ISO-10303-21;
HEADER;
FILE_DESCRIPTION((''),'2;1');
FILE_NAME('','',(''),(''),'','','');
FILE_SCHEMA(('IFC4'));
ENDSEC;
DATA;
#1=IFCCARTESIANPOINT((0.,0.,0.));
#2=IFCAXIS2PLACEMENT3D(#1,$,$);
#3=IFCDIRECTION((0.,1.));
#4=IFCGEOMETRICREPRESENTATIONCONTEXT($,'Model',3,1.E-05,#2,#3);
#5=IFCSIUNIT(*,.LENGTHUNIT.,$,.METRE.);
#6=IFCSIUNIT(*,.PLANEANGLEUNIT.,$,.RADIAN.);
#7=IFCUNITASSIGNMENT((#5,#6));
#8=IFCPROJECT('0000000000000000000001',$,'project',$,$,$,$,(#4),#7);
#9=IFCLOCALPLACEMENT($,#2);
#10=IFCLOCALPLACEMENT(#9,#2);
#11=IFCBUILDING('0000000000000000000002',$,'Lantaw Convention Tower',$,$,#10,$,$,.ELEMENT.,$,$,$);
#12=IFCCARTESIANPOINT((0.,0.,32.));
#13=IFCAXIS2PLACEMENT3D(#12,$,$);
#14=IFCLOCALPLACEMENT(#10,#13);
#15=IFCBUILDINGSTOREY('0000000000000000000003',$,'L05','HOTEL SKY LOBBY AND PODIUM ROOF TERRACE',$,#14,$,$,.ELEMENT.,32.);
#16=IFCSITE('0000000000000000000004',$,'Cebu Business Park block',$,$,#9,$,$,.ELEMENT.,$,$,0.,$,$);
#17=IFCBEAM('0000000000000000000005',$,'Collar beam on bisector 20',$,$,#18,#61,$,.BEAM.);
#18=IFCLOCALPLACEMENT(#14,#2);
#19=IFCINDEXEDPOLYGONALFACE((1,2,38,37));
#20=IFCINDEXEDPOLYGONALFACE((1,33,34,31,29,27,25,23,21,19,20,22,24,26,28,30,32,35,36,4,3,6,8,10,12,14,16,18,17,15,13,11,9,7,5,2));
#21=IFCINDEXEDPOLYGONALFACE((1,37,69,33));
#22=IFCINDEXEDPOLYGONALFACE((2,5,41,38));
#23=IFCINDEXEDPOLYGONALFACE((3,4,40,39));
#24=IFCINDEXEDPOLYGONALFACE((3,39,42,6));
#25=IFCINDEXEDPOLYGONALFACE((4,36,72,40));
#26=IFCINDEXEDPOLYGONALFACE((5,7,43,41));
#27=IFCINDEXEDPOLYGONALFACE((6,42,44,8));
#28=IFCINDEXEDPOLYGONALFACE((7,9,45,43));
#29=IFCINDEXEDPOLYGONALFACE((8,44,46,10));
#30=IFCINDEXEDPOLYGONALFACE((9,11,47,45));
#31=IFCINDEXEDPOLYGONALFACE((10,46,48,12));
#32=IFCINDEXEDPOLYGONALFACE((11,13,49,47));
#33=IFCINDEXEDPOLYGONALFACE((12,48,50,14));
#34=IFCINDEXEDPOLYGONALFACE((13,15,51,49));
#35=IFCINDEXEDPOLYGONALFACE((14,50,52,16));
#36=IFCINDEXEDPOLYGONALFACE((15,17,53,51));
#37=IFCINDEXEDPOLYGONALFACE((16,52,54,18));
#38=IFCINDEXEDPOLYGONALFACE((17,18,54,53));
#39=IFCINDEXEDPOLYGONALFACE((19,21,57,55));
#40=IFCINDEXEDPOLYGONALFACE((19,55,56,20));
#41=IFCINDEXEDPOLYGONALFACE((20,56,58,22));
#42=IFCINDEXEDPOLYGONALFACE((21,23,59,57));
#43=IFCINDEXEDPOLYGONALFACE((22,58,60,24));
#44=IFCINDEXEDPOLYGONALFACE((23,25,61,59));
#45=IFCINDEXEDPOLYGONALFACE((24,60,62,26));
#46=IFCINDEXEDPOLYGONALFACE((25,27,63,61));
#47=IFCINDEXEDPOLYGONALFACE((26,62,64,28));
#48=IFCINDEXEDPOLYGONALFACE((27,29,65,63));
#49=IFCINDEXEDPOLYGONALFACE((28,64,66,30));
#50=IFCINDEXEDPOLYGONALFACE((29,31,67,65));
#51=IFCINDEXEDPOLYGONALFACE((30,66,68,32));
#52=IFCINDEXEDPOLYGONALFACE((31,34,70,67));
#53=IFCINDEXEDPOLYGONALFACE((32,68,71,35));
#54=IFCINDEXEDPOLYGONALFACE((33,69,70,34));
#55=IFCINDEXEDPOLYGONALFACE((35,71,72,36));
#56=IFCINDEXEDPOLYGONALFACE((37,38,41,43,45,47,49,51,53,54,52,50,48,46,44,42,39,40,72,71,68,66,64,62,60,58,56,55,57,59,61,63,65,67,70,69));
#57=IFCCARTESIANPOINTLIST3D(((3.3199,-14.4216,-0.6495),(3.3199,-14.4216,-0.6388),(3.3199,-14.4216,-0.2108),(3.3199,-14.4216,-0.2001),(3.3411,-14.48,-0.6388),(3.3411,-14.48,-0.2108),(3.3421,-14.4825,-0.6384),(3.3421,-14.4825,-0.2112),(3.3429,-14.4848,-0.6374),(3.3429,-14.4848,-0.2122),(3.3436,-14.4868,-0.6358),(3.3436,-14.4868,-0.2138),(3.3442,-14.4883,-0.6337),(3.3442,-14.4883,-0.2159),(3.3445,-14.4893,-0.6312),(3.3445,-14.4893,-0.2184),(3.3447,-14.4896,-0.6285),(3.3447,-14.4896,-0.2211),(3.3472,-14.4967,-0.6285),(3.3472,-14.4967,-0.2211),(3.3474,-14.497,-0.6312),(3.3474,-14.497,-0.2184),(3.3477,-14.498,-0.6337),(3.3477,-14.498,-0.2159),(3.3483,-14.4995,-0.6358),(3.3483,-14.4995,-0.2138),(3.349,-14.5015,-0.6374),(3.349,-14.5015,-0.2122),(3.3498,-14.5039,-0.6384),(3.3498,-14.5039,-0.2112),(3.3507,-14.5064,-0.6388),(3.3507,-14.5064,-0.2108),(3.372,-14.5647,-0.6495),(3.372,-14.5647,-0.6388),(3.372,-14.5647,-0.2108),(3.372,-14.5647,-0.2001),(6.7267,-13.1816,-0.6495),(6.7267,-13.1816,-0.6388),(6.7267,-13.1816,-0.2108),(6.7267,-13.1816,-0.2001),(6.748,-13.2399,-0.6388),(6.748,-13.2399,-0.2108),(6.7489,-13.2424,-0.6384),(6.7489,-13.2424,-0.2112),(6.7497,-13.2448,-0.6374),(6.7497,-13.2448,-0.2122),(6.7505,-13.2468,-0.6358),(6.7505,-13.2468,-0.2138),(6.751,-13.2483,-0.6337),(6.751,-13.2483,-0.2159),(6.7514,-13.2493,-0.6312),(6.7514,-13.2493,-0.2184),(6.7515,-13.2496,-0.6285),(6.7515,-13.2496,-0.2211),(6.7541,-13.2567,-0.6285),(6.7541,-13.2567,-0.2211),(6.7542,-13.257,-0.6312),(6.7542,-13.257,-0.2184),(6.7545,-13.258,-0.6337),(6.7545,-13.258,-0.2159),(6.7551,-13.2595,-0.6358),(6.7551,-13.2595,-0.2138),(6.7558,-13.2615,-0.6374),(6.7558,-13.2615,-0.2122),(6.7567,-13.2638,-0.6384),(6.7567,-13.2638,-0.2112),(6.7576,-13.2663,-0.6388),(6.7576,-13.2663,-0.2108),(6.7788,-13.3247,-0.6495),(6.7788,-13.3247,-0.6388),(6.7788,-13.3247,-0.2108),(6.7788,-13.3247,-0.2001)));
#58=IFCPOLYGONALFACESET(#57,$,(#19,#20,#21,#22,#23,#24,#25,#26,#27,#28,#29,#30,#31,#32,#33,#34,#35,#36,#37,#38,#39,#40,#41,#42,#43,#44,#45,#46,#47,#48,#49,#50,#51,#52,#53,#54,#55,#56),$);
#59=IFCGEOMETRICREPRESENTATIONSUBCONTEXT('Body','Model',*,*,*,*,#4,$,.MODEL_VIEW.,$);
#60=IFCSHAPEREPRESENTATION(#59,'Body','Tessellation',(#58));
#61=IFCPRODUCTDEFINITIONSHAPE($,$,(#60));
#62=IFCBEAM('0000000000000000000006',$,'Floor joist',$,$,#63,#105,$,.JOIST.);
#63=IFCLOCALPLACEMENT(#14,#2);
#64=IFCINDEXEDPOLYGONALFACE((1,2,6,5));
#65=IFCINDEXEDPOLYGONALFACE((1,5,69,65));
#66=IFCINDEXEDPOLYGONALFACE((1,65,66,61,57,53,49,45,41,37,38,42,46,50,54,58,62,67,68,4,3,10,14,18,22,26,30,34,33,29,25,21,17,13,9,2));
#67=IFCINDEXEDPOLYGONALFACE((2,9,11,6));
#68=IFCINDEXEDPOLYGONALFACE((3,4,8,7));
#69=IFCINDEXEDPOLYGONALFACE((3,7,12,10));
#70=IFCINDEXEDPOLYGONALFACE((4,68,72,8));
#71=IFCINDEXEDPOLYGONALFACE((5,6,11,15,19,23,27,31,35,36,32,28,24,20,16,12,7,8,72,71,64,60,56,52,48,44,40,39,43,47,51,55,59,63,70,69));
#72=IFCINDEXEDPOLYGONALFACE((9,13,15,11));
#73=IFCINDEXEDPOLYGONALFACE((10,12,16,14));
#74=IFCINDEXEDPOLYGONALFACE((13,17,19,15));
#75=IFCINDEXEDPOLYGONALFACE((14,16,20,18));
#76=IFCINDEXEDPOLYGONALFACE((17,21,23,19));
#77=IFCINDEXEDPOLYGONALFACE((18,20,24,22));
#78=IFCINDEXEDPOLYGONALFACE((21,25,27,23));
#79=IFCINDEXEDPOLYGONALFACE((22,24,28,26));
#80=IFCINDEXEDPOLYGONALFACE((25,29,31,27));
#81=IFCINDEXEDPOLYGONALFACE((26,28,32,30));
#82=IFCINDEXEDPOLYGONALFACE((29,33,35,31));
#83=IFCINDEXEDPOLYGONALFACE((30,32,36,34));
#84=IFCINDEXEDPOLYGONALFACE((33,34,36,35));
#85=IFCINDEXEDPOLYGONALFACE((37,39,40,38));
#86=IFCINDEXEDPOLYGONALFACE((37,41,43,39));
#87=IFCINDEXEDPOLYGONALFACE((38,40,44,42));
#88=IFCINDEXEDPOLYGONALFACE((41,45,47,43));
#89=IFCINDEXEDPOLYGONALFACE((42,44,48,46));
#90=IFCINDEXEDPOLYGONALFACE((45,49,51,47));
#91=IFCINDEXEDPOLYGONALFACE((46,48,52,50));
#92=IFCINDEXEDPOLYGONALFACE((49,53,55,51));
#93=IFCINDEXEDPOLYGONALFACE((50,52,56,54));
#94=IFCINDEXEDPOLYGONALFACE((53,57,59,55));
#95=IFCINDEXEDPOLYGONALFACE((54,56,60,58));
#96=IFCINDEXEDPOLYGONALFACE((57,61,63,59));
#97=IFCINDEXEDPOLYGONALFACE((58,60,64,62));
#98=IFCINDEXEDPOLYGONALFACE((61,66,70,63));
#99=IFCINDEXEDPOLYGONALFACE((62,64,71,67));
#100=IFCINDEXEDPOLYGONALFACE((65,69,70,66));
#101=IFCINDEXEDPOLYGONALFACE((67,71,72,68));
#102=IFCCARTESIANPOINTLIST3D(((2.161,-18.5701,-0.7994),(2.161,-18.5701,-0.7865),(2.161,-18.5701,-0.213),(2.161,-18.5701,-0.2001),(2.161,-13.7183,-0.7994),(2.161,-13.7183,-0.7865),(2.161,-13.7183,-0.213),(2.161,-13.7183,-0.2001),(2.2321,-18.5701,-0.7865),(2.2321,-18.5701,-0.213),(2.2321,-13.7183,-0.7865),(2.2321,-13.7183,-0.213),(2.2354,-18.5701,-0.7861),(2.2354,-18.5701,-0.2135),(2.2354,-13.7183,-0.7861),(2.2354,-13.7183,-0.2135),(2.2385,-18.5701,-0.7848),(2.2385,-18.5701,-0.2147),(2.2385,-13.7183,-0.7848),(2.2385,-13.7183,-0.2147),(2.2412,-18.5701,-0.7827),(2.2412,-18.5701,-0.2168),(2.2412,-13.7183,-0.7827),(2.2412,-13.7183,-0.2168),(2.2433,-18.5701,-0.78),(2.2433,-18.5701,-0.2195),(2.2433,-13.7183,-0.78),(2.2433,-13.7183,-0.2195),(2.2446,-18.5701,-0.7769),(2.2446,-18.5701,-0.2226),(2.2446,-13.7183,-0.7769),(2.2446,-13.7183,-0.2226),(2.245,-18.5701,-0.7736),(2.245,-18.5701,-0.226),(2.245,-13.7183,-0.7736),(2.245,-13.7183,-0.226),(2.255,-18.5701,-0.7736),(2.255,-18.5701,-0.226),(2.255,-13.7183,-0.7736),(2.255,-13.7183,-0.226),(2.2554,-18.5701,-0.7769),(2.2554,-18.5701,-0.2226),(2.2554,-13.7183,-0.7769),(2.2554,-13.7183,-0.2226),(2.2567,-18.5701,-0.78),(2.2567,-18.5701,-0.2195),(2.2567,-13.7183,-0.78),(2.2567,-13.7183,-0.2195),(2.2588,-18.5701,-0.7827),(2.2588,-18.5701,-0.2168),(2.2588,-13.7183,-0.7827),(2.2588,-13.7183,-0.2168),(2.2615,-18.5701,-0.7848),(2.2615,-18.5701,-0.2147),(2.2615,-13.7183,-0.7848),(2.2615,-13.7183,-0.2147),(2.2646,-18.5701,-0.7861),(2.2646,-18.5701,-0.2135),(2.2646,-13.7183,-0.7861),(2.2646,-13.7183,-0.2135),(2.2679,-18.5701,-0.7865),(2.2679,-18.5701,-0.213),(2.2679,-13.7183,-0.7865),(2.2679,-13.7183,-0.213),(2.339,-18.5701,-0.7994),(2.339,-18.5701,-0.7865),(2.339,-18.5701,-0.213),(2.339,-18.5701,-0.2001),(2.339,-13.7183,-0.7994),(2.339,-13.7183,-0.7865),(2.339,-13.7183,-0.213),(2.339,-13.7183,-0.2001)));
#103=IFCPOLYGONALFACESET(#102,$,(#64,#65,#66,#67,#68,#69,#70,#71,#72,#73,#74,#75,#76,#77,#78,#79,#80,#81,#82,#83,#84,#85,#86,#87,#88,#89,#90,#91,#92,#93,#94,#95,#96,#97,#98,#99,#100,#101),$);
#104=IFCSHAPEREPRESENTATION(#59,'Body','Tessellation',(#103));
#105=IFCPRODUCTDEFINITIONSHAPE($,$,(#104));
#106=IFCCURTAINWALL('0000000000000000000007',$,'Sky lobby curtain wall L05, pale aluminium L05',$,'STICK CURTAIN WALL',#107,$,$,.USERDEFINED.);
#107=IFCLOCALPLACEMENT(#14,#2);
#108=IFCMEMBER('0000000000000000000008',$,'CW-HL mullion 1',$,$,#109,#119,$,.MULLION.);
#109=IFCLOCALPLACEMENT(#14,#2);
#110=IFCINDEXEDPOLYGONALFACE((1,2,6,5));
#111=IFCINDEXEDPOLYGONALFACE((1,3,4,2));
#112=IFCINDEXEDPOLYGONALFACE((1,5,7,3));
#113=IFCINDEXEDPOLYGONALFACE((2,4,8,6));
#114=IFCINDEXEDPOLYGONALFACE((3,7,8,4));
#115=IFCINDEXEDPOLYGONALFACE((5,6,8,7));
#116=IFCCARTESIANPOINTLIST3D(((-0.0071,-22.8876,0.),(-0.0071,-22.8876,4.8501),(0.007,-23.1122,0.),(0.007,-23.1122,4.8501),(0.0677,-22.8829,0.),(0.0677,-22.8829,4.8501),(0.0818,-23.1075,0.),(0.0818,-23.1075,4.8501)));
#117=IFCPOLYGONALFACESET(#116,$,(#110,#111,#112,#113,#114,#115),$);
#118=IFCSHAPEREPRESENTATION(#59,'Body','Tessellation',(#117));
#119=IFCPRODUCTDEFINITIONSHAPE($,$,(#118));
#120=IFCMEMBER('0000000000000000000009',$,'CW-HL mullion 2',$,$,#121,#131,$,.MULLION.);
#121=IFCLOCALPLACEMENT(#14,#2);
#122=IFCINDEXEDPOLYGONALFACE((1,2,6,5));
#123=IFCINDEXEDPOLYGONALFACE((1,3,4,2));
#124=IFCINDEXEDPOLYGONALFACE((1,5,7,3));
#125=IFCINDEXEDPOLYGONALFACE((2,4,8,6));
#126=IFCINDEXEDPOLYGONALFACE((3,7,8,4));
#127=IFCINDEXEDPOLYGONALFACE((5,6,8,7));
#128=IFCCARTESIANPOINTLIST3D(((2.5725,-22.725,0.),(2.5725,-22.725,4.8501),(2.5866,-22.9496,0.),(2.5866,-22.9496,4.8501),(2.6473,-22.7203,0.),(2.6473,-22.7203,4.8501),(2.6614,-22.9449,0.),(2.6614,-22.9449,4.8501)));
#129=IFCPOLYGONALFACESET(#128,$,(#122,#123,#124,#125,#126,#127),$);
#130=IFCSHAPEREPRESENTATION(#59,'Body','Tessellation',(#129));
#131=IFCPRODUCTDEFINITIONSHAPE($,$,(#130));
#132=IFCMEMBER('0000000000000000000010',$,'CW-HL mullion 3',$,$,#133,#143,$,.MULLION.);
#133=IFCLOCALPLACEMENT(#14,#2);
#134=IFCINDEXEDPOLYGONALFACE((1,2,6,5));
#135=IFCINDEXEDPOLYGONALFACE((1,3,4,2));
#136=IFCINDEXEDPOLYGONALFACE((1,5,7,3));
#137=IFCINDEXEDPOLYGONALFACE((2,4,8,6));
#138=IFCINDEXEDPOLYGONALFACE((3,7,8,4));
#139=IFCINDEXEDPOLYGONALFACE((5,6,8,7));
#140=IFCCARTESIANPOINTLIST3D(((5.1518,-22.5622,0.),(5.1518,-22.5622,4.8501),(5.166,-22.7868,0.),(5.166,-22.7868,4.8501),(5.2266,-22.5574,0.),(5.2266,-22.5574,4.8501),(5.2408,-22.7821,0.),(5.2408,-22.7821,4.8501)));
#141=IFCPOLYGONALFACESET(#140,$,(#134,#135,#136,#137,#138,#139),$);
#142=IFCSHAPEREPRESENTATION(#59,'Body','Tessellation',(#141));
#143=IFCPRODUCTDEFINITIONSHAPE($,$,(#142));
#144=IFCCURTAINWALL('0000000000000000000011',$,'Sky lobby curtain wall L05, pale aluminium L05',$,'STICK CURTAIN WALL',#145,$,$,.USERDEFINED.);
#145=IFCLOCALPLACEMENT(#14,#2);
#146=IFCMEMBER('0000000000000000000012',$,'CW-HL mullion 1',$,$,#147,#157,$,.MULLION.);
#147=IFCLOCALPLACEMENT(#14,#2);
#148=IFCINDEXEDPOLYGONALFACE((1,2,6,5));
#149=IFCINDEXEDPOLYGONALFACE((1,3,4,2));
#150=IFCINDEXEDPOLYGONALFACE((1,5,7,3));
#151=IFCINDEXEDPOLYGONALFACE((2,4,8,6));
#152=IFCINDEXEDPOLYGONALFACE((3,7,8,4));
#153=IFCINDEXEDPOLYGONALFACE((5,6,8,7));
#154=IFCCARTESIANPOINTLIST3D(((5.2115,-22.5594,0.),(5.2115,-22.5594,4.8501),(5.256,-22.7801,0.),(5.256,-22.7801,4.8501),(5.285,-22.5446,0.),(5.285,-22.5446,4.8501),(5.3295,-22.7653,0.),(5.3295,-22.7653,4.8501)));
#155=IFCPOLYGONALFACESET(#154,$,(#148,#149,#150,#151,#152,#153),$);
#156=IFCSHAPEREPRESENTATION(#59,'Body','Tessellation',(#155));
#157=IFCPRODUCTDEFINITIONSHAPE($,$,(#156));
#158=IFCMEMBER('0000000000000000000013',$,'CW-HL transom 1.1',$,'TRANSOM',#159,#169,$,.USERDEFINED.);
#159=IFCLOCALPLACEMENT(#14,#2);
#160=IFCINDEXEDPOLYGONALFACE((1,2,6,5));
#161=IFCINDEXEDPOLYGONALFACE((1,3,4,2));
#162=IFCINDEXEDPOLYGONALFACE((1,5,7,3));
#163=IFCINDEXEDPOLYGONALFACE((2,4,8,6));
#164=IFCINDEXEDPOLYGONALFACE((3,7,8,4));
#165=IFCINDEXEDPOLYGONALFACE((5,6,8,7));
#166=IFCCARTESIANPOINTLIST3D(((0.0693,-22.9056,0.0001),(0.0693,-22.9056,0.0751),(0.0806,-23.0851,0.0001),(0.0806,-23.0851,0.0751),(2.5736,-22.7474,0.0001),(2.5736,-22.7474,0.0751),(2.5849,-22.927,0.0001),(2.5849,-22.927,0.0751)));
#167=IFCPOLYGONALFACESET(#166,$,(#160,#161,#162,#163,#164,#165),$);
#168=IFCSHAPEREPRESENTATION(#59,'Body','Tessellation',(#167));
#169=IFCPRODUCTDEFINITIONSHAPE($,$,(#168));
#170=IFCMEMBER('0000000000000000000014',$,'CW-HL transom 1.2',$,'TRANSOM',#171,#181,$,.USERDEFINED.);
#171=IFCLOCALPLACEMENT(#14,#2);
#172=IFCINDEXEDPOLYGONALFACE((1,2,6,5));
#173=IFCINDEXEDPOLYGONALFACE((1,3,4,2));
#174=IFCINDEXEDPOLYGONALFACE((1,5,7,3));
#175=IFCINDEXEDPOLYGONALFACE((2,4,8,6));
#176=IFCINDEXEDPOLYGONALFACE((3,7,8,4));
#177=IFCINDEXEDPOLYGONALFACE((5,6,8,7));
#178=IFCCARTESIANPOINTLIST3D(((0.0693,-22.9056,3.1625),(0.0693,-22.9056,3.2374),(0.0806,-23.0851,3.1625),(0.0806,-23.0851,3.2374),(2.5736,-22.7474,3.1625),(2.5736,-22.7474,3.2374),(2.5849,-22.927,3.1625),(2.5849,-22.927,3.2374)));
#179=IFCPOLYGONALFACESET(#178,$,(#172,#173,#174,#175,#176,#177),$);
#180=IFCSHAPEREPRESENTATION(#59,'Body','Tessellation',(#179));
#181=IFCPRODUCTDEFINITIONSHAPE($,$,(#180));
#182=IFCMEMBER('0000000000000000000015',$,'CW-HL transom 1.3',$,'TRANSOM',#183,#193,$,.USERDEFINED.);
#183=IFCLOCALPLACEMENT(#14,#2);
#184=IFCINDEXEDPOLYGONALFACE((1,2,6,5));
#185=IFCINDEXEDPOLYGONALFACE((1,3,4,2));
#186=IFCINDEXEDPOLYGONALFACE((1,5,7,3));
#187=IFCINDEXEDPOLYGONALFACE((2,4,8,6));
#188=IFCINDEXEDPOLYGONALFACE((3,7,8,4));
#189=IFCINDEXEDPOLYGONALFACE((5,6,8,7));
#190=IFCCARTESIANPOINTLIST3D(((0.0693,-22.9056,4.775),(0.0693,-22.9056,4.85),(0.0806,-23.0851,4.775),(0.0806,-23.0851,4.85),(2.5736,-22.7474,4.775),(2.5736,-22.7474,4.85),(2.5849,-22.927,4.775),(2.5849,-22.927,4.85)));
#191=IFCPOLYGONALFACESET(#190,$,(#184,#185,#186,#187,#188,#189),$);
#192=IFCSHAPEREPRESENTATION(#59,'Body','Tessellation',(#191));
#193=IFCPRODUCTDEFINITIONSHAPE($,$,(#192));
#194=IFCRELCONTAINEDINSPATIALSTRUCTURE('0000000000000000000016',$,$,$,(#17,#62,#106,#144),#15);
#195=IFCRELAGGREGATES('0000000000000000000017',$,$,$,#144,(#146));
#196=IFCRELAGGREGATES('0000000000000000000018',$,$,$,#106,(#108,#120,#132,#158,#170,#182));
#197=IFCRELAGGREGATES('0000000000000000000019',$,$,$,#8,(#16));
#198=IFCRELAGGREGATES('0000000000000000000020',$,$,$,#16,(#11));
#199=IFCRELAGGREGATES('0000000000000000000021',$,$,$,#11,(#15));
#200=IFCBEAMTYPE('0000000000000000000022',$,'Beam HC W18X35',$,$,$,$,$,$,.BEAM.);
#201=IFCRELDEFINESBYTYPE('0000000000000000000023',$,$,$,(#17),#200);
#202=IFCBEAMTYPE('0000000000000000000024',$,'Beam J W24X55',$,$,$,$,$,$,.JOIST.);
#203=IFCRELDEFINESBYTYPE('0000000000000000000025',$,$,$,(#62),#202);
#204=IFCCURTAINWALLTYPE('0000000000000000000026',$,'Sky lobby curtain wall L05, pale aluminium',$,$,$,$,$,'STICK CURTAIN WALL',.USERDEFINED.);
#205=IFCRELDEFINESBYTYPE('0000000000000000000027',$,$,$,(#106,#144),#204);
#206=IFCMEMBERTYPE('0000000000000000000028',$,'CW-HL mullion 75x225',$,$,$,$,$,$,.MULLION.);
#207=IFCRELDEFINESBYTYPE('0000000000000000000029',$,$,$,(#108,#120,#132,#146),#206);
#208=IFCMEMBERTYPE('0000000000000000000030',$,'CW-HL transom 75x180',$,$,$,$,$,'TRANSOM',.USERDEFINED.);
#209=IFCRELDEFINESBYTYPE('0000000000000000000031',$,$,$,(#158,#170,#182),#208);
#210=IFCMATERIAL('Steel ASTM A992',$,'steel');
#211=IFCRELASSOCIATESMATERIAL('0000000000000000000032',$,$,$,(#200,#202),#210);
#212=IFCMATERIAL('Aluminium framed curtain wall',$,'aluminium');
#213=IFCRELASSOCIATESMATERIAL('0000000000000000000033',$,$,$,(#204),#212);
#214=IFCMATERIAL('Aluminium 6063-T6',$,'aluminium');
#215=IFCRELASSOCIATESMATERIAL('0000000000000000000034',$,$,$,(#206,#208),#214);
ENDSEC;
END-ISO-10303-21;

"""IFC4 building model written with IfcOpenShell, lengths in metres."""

from ifc_helpers import new_model, si_unit, direction, frame, origin, origin_2d, place, context, subcontext, project, spatial, rectangle, i_section, extrude, material, material_profile, profile_set, type_object, element, aggregate, save


model = new_model("IFC4")

# Units and contexts
model_context = context("Model", 3, precision=1e-05, world=origin(), true_north=direction((0.0, 1.0)))
body_context = subcontext(model_context, "Body", "Model", "MODEL_VIEW")
ifc_project = project(units=[si_unit("LENGTHUNIT", "METRE"), si_unit("PLANEANGLEUNIT", "RADIAN")], contexts=[model_context])

# Site, building, storey
site_placement = place(None, origin())
site = spatial("IfcSite", under=ifc_project, at=site_placement, Name="Cebu Business Park block", CompositionType="ELEMENT", RefElevation=0.0)
building_placement = place(site_placement, origin())
building = spatial("IfcBuilding", under=site, at=building_placement, Name="Lantaw Convention Tower", CompositionType="ELEMENT")
storey_placement = place(building_placement, frame((0.0, 0.0, 32.0)))
storey = spatial("IfcBuildingStorey", under=building, at=storey_placement, Name="L05", Description="HOTEL SKY LOBBY AND PODIUM ROOF TERRACE", CompositionType="ELEMENT", Elevation=32.0)

# Beams
ifc_material_1 = material(Name="Steel ASTM A992", Category="steel")
ifc_material_profile_1 = material_profile(ifc_material_1, i_section(OverallWidth=0.1523, OverallDepth=0.4495, WebThickness=0.0076, FlangeThickness=0.0107, FilletRadius=0.0103, at=origin_2d()), Name="W18X35")
ifc_profile_set_1 = profile_set([ifc_material_profile_1], Name="Steel ASTM A992")
beam_type_1 = type_object("IfcBeamType", Name="Beam HC W18X35", PredefinedType="BEAM", material=ifc_profile_set_1)
beam_1_placement = place(storey_placement, frame((3.3459, -14.4932, -0.4248), z_axis=(0.939689, 0.34203, 0.0), x_axis=(-0.34203, 0.939689, 0.0)))
element("IfcBeam", 1, at=beam_1_placement, inside=storey, type_object=beam_type_1, Name="Collar beam on bisector 20", PredefinedType="BEAM", context=body_context, shape_type="SweptSolid", body=[
    extrude(i_section(OverallWidth=0.1523, OverallDepth=0.4495, WebThickness=0.0076, FlangeThickness=0.0107, FilletRadius=0.0103, at=origin_2d()), origin(), (0.0, 0.0, 1.0), 3.6255),
])
ifc_material_profile_2 = material_profile(ifc_material_1, i_section(OverallWidth=0.178, OverallDepth=0.5994, WebThickness=0.01, FlangeThickness=0.0129, FilletRadius=0.0129, at=origin_2d()), Name="W24X55")
ifc_profile_set_2 = profile_set([ifc_material_profile_2], Name="Steel ASTM A992")
beam_type_2 = type_object("IfcBeamType", Name="Beam J W24X55", PredefinedType="JOIST", material=ifc_profile_set_2)
beam_2_placement = place(storey_placement, frame((2.25, -18.5701, -0.4998), z_axis=(0.0, 1.0, 0.0), x_axis=(-1.0, 0.0, 0.0)))
element("IfcBeam", 2, at=beam_2_placement, inside=storey, type_object=beam_type_2, Name="Floor joist", PredefinedType="JOIST", context=body_context, shape_type="SweptSolid", body=[
    extrude(i_section(OverallWidth=0.178, OverallDepth=0.5994, WebThickness=0.01, FlangeThickness=0.0129, FilletRadius=0.0129, at=origin_2d()), origin(), (0.0, 0.0, 1.0), 4.8518),
])

# Curtain wall, members
ifc_material_2 = material(Name="Aluminium framed curtain wall", Category="aluminium")
curtain_wall_type = type_object("IfcCurtainWallType", Name="Sky lobby curtain wall L05, pale aluminium", ElementType="STICK CURTAIN WALL", PredefinedType="USERDEFINED", material=ifc_material_2)
curtain_wall_1_placement = place(storey_placement, origin())
curtain_wall_1 = element("IfcCurtainWall", 3, at=curtain_wall_1_placement, inside=storey, type_object=curtain_wall_type, Name="Sky lobby curtain wall L05, pale aluminium L05", ObjectType="STICK CURTAIN WALL", PredefinedType="USERDEFINED")
ifc_material_3 = material(Name="Aluminium 6063-T6", Category="aluminium")
ifc_material_profile_3 = material_profile(ifc_material_3, rectangle(XDim=0.2251, YDim=0.075, at=origin_2d()), Name="CW-HL mullion 75x225")
ifc_profile_set_3 = profile_set([ifc_material_profile_3], Name="Aluminium 6063-T6")
member_type_1 = type_object("IfcMemberType", Name="CW-HL mullion 75x225", PredefinedType="MULLION", material=ifc_profile_set_3)
member_1_placement = place(storey_placement, frame((0.0374, -22.9976, 0.0), z_axis=(0.0, 0.0, 1.0), x_axis=(-0.062958, 0.998016, 0.0)))
member_1 = element("IfcMember", 4, at=member_1_placement, type_object=member_type_1, Name="CW-HL mullion 1", PredefinedType="MULLION", context=body_context, shape_type="SweptSolid", body=[
    extrude(rectangle(XDim=0.2251, YDim=0.075, at=origin_2d()), origin(), (0.0, 0.0, 1.0), 4.8501),
])
member_2_placement = place(storey_placement, frame((2.6169, -22.835, 0.0), z_axis=(0.0, 0.0, 1.0), x_axis=(-0.062958, 0.998016, 0.0)))
member_2 = element("IfcMember", 5, at=member_2_placement, type_object=member_type_1, Name="CW-HL mullion 2", PredefinedType="MULLION", context=body_context, shape_type="SweptSolid", body=[
    extrude(rectangle(XDim=0.2251, YDim=0.075, at=origin_2d()), origin(), (0.0, 0.0, 1.0), 4.8501),
])
member_3_placement = place(storey_placement, frame((5.1963, -22.6721, 0.0), z_axis=(0.0, 0.0, 1.0), x_axis=(-0.062958, 0.998016, 0.0)))
member_3 = element("IfcMember", 6, at=member_3_placement, type_object=member_type_1, Name="CW-HL mullion 3", PredefinedType="MULLION", context=body_context, shape_type="SweptSolid", body=[
    extrude(rectangle(XDim=0.2251, YDim=0.075, at=origin_2d()), origin(), (0.0, 0.0, 1.0), 4.8501),
])

# Curtain wall, member
curtain_wall_2_placement = place(storey_placement, origin())
curtain_wall_2 = element("IfcCurtainWall", 7, at=curtain_wall_2_placement, inside=storey, type_object=curtain_wall_type, Name="Sky lobby curtain wall L05, pale aluminium L05", ObjectType="STICK CURTAIN WALL", PredefinedType="USERDEFINED")
member_4_placement = place(storey_placement, frame((5.2705, -22.6624, 0.0), z_axis=(0.0, 0.0, 1.0), x_axis=(-0.197789, 0.980245, 0.0)))
member_4 = element("IfcMember", 8, at=member_4_placement, type_object=member_type_1, Name="CW-HL mullion 1", PredefinedType="MULLION", context=body_context, shape_type="SweptSolid", body=[
    extrude(rectangle(XDim=0.2251, YDim=0.075, at=origin_2d()), origin(), (0.0, 0.0, 1.0), 4.8501),
])

# Members
ifc_material_profile_4 = material_profile(ifc_material_3, rectangle(XDim=0.1799, YDim=0.075, at=origin_2d()), Name="CW-HL transom 75x180")
ifc_profile_set_4 = profile_set([ifc_material_profile_4], Name="Aluminium 6063-T6")
member_type_2 = type_object("IfcMemberType", Name="CW-HL transom 75x180", ElementType="TRANSOM", PredefinedType="USERDEFINED", material=ifc_profile_set_4)
member_5_placement = place(storey_placement, frame((0.075, -22.9954, 0.0376), z_axis=(0.998011, 0.063045, 0.0), x_axis=(-0.063045, 0.998011, 0.0)))
member_5 = element("IfcMember", 9, at=member_5_placement, type_object=member_type_2, Name="CW-HL transom 1.1", ObjectType="TRANSOM", PredefinedType="USERDEFINED", context=body_context, shape_type="SweptSolid", body=[
    extrude(rectangle(XDim=0.1799, YDim=0.075, at=origin_2d()), origin(), (0.0, 0.0, 1.0), 2.5093),
])
member_6_placement = place(storey_placement, frame((0.075, -22.9954, 3.2), z_axis=(0.998011, 0.063045, 0.0), x_axis=(-0.063045, 0.998011, 0.0)))
member_6 = element("IfcMember", 10, at=member_6_placement, type_object=member_type_2, Name="CW-HL transom 1.2", ObjectType="TRANSOM", PredefinedType="USERDEFINED", context=body_context, shape_type="SweptSolid", body=[
    extrude(rectangle(XDim=0.1799, YDim=0.075, at=origin_2d()), origin(), (0.0, 0.0, 1.0), 2.5093),
])
member_7_placement = place(storey_placement, frame((0.075, -22.9954, 4.8125), z_axis=(0.998011, 0.063045, 0.0), x_axis=(-0.063045, 0.998011, 0.0)))
member_7 = element("IfcMember", 11, at=member_7_placement, type_object=member_type_2, Name="CW-HL transom 1.3", ObjectType="TRANSOM", PredefinedType="USERDEFINED", context=body_context, shape_type="SweptSolid", body=[
    extrude(rectangle(XDim=0.1799, YDim=0.075, at=origin_2d()), origin(), (0.0, 0.0, 1.0), 2.5093),
])
aggregate(curtain_wall_2, [member_4])

aggregate(curtain_wall_1, [member_1, member_2, member_3, member_5, member_6, member_7])

save(model, "model.ifc")
